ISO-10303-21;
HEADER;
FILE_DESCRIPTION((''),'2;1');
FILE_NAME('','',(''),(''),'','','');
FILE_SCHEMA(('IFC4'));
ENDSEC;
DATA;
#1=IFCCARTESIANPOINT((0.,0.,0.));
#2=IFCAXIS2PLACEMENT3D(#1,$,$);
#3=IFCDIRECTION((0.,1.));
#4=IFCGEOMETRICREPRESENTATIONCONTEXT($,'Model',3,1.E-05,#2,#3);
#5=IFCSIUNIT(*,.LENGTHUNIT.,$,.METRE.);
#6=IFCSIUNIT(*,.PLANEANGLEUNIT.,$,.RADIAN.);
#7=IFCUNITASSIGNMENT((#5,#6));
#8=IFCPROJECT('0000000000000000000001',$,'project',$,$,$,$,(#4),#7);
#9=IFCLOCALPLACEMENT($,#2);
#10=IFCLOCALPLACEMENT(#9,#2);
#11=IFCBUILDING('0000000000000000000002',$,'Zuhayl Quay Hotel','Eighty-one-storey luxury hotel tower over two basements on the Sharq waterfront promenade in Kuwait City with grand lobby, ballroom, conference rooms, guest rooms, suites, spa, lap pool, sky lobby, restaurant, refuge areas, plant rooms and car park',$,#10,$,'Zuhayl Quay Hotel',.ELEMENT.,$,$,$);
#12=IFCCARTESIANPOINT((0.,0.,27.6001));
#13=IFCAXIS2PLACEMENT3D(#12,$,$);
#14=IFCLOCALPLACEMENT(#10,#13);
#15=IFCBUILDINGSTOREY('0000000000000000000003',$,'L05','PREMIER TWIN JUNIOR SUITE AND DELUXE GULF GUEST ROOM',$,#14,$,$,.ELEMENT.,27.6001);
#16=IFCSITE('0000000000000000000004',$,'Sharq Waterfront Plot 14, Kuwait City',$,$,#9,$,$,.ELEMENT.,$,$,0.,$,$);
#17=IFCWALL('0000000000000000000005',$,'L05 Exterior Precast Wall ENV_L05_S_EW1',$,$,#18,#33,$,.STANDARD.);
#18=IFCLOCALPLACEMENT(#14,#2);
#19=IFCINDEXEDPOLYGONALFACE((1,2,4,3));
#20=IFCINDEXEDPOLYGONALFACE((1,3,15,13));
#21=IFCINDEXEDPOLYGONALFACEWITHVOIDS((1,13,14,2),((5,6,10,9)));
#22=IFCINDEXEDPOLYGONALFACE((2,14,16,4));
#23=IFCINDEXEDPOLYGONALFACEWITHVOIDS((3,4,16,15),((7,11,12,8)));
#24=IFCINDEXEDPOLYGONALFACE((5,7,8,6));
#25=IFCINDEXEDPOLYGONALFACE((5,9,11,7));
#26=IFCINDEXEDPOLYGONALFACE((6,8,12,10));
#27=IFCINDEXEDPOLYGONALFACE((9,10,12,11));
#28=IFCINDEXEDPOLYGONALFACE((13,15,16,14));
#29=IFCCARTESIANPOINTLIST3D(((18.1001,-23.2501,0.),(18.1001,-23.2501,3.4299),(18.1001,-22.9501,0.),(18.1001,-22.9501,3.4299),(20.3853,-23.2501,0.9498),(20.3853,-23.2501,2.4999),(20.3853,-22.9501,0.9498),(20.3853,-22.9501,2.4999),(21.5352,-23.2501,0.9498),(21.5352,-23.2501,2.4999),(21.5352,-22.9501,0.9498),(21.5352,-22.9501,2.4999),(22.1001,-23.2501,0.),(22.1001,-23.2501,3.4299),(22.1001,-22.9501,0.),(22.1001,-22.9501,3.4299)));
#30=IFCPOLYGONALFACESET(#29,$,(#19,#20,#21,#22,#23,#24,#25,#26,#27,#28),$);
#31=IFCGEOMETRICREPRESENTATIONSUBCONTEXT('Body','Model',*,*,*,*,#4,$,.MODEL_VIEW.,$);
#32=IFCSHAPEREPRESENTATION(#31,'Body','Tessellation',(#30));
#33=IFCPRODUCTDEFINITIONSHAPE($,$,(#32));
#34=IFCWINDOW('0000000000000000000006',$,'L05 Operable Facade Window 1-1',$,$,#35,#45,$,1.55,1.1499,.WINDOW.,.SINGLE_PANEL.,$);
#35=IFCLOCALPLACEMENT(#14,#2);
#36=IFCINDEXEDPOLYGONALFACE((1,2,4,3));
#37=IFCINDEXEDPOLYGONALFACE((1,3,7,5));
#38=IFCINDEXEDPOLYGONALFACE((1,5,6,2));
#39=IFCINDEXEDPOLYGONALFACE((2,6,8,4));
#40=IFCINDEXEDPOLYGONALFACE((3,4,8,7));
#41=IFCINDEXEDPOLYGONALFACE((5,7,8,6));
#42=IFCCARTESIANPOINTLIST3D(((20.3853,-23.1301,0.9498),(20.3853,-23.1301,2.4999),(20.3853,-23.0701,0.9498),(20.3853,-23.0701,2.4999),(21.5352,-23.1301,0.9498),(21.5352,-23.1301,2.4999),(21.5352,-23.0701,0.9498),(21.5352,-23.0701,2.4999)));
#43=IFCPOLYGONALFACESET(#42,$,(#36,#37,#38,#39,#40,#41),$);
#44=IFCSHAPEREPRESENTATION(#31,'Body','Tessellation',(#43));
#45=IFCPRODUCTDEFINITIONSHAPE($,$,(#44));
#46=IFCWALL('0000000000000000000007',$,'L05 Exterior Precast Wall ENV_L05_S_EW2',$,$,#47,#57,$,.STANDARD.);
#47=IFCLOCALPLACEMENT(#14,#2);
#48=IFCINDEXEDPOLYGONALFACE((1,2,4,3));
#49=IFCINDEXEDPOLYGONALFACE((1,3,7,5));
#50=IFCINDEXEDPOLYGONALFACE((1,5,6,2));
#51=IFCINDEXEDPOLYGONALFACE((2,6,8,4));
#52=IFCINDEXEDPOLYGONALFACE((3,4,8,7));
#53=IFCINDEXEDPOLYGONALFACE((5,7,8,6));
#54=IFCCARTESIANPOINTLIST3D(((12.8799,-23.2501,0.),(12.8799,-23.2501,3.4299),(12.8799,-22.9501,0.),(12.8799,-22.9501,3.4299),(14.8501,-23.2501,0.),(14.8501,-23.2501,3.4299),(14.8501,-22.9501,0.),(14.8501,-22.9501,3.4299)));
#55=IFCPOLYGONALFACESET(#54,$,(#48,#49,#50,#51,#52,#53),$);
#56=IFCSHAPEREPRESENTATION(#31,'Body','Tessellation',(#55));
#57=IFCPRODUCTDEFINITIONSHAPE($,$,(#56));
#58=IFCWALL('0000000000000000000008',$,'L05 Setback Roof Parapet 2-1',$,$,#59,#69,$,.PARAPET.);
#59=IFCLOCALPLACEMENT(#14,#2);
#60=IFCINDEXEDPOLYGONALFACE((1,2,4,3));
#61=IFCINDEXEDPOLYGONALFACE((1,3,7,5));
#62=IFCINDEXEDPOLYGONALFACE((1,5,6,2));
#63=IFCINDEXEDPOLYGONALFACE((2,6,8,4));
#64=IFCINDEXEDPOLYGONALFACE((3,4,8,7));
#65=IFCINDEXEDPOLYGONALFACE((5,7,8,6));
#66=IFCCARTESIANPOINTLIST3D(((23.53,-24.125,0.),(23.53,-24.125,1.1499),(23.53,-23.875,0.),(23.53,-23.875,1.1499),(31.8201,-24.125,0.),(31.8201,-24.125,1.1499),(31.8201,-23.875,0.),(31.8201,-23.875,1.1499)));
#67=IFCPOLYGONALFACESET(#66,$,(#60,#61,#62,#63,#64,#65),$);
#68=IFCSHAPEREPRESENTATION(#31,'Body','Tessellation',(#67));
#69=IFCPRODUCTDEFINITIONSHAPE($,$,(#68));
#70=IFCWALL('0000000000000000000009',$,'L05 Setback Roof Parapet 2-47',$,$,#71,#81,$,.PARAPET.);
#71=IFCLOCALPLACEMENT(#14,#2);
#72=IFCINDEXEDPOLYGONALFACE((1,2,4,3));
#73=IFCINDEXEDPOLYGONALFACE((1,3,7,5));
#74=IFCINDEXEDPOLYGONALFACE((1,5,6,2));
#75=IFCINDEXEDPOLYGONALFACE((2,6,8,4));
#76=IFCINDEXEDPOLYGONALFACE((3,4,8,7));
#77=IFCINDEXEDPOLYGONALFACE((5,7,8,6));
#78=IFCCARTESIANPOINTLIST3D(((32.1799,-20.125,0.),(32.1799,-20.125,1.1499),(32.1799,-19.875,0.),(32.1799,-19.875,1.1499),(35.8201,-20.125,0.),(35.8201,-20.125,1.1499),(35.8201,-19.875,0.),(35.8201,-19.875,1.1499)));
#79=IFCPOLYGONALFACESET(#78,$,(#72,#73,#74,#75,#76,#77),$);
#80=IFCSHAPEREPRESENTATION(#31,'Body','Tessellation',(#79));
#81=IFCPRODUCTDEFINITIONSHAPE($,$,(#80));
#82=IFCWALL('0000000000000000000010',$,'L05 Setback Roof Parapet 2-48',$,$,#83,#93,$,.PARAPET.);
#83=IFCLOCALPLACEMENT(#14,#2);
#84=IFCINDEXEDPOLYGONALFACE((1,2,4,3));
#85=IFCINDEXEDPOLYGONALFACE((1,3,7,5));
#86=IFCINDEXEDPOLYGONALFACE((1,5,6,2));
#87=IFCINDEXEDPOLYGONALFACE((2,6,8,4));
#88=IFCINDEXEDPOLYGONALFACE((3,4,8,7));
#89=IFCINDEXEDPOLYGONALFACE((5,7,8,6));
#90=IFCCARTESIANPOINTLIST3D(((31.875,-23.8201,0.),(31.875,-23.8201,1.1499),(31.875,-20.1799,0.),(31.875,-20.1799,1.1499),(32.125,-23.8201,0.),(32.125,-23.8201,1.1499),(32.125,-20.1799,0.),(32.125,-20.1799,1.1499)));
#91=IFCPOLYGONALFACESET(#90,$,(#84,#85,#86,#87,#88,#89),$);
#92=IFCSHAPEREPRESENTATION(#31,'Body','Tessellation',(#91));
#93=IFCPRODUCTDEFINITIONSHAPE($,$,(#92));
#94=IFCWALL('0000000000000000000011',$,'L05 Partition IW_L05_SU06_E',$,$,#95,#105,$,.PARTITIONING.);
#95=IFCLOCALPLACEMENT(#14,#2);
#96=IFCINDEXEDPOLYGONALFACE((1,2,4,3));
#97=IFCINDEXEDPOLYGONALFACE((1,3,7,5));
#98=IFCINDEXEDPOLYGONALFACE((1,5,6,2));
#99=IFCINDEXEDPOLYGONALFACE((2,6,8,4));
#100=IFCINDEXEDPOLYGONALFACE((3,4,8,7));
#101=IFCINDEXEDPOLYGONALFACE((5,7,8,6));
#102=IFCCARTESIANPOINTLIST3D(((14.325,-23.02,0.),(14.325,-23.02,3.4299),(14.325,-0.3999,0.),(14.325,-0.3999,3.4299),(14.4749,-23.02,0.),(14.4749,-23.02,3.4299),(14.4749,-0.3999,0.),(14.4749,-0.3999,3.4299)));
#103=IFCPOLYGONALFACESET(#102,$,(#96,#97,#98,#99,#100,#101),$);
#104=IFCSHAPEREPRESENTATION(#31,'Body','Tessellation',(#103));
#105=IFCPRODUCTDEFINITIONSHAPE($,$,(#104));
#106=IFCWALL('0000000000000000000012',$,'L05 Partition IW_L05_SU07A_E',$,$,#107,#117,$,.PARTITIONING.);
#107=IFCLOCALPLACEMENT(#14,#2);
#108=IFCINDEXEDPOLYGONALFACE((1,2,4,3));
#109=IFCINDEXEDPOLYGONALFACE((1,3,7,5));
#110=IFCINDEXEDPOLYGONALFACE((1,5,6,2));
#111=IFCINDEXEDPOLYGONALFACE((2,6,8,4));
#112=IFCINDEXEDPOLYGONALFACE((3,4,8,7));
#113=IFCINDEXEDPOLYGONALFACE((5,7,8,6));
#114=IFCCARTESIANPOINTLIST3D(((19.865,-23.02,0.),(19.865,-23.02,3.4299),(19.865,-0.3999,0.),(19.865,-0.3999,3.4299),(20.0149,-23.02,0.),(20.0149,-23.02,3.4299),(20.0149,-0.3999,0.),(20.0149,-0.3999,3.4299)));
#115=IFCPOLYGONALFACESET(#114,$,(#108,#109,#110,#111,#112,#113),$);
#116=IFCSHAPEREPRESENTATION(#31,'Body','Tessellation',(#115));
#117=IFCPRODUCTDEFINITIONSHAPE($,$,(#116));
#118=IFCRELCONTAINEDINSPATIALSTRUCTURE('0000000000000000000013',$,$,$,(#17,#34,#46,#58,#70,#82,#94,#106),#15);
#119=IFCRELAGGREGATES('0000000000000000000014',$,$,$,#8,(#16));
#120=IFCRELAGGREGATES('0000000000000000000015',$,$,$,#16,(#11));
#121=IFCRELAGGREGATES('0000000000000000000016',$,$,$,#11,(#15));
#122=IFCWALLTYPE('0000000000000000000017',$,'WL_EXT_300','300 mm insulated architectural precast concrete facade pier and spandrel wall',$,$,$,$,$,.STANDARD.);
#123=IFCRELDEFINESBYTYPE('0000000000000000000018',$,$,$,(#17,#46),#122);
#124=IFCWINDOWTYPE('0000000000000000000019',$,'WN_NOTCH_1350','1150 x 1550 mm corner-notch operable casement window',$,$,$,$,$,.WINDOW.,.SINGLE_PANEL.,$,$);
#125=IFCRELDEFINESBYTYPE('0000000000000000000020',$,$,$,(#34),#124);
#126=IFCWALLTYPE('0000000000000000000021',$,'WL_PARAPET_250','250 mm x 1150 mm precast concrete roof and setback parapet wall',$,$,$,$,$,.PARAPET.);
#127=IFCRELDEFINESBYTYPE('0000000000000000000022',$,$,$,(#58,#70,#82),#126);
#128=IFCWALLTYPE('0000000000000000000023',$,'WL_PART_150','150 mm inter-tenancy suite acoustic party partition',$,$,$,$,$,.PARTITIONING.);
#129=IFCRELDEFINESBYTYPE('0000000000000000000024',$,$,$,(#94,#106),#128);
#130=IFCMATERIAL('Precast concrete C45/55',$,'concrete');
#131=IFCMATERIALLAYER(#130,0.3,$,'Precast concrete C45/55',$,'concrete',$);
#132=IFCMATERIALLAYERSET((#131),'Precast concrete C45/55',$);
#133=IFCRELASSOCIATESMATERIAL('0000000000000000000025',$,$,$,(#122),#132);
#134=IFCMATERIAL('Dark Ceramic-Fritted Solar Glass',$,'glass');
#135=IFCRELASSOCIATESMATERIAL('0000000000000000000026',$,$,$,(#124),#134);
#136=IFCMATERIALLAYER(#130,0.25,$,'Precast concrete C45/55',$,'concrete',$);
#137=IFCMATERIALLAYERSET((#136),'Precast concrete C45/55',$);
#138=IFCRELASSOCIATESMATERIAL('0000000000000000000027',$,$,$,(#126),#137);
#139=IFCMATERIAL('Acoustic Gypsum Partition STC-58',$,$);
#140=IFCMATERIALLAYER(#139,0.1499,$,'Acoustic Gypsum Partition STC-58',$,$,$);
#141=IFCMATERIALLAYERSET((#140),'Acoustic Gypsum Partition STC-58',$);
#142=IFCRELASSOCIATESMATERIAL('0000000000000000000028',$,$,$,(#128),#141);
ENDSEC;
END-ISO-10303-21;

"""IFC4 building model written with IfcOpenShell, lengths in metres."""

from ifc_helpers import new_model, si_unit, direction, frame, frame_2d, origin, place, context, subcontext, project, spatial, rectangle, extrude, material, layer, layer_set, type_object, element, fill, save


model = new_model("IFC4")

# Units and contexts
model_context = context("Model", 3, precision=1e-05, world=origin(), true_north=direction((0.0, 1.0)))
body_context = subcontext(model_context, "Body", "Model", "MODEL_VIEW")
ifc_project = project(units=[si_unit("LENGTHUNIT", "METRE"), si_unit("PLANEANGLEUNIT", "RADIAN")], contexts=[model_context])

# Site, building, storey
site_placement = place(None, origin())
site = spatial("IfcSite", under=ifc_project, at=site_placement, Name="Sharq Waterfront Plot 14, Kuwait City", CompositionType="ELEMENT", RefElevation=0.0)
building_placement = place(site_placement, origin())
building = spatial("IfcBuilding", under=site, at=building_placement, Name="Zuhayl Quay Hotel", Description="Eighty-one-storey luxury hotel tower over two basements on the Sharq waterfront promenade in Kuwait City with grand lobby, ballroom, conference rooms, guest rooms, suites, spa, lap pool, sky lobby, restaurant, refuge areas, plant rooms and car park", LongName="Zuhayl Quay Hotel", CompositionType="ELEMENT")
storey_placement = place(building_placement, frame((0.0, 0.0, 27.6001)))
storey = spatial("IfcBuildingStorey", under=building, at=storey_placement, Name="L05", Description="PREMIER TWIN JUNIOR SUITE AND DELUXE GULF GUEST ROOM", CompositionType="ELEMENT", Elevation=27.6001)

# Shared definitions
ifc_material_1 = material(Name="Dark Ceramic-Fritted Solar Glass", Category="glass")

# Shared definitions
ifc_material_2 = material(Name="Precast concrete C45/55", Category="concrete")
ifc_layer_1 = layer(ifc_material_2, 0.3, Name="Precast concrete C45/55", Category="concrete")
ifc_layer_set_1 = layer_set([ifc_layer_1], Name="Precast concrete C45/55")
wall_type_1 = type_object("IfcWallType", Name="WL_EXT_300", Description="300 mm insulated architectural precast concrete facade pier and spandrel wall", PredefinedType="STANDARD", material=ifc_layer_set_1)

# Wall, opening, window
wall_1_placement = place(storey_placement, frame((22.1001, -23.1001, 0.0), z_axis=(0.0, 0.0, 1.0), x_axis=(-1.0, 0.0, 0.0)))
wall_1 = element("IfcWall", 1, at=wall_1_placement, inside=storey, type_object=wall_type_1, Name="L05 Exterior Precast Wall ENV_L05_S_EW1", PredefinedType="STANDARD", context=body_context, shape_type="SweptSolid", body=[
    extrude(rectangle(XDim=4.0, YDim=0.3, at=frame_2d((2.0, 0.0))), origin(), (0.0, 0.0, 1.0), 3.4299),
])
opening_placement = place(wall_1_placement, frame((0.5649, 0.0, 0.95)))
opening = element("IfcOpeningElement", 2, at=opening_placement, cuts=wall_1, PredefinedType="OPENING", context=body_context, shape_type="SweptSolid", body=[
    extrude(rectangle(XDim=1.1499, YDim=1.55, at=frame_2d((0.575, 0.7749))), frame((0.0, 0.1599, 0.0), z_axis=(0.0, -1.0, 0.0), x_axis=(1.0, 0.0, 0.0)), (0.0, 0.0, 1.0), 0.3201),
])
window_type = type_object("IfcWindowType", Name="WN_NOTCH_1350", Description="1150 x 1550 mm corner-notch operable casement window", PartitioningType="SINGLE_PANEL", PredefinedType="WINDOW", material=ifc_material_1)
window_placement = place(opening_placement, origin())
window = element("IfcWindow", 3, at=window_placement, inside=storey, type_object=window_type, Name="L05 Operable Facade Window 1-1", OverallHeight=1.55, OverallWidth=1.1499, PartitioningType="SINGLE_PANEL", PredefinedType="WINDOW", context=body_context, shape_type="SweptSolid", body=[
    extrude(rectangle(XDim=1.1499, YDim=1.55, at=frame_2d((0.575, 0.7749))), frame((0.0, 0.03, 0.0), z_axis=(0.0, -1.0, 0.0), x_axis=(1.0, 0.0, 0.0)), (0.0, 0.0, 1.0), 0.0601),
])
fill(opening, window)

# Walls
wall_2_placement = place(storey_placement, frame((14.8501, -23.1001, 0.0), z_axis=(0.0, 0.0, 1.0), x_axis=(-1.0, 0.0, 0.0)))
element("IfcWall", 4, at=wall_2_placement, inside=storey, type_object=wall_type_1, Name="L05 Exterior Precast Wall ENV_L05_S_EW2", PredefinedType="STANDARD", context=body_context, shape_type="SweptSolid", body=[
    extrude(rectangle(XDim=1.9702, YDim=0.3, at=frame_2d((0.9851, 0.0))), origin(), (0.0, 0.0, 1.0), 3.4299),
])
ifc_layer_2 = layer(ifc_material_2, 0.25, Name="Precast concrete C45/55", Category="concrete")
ifc_layer_set_2 = layer_set([ifc_layer_2], Name="Precast concrete C45/55")
wall_type_2 = type_object("IfcWallType", Name="WL_PARAPET_250", Description="250 mm x 1150 mm precast concrete roof and setback parapet wall", PredefinedType="PARAPET", material=ifc_layer_set_2)
wall_3_placement = place(storey_placement, frame((31.8201, -24.0, 0.0), z_axis=(0.0, 0.0, 1.0), x_axis=(-1.0, 0.0, 0.0)))
element("IfcWall", 5, at=wall_3_placement, inside=storey, type_object=wall_type_2, Name="L05 Setback Roof Parapet 2-1", PredefinedType="PARAPET", context=body_context, shape_type="SweptSolid", body=[
    extrude(rectangle(XDim=8.29, YDim=0.25, at=frame_2d((4.145, 0.0))), origin(), (0.0, 0.0, 1.0), 1.1499),
])
for number, where, z_axis, x_axis, name in (
    (6, (35.8201, -20.0, 0.0), (0.0, 0.0, 1.0), (-1.0, 0.0, 0.0), "L05 Setback Roof Parapet 2-47"),
    (7, (32.0, -20.1799, 0.0), (0.0, 0.0, 1.0), (0.0, -1.0, 0.0), "L05 Setback Roof Parapet 2-48"),
):
    element("IfcWall", number, at=place(storey_placement, frame(where, z_axis=z_axis, x_axis=x_axis)), inside=storey, type_object=wall_type_2, Name=name, PredefinedType="PARAPET", context=body_context, shape_type="SweptSolid", body=[
        extrude(rectangle(XDim=3.6401, YDim=0.25, at=frame_2d((1.8201, 0.0))), origin(), (0.0, 0.0, 1.0), 1.1499),
    ])
ifc_material_3 = material(Name="Acoustic Gypsum Partition STC-58")
ifc_layer_3 = layer(ifc_material_3, 0.1499, Name="Acoustic Gypsum Partition STC-58")
ifc_layer_set_3 = layer_set([ifc_layer_3], Name="Acoustic Gypsum Partition STC-58")
wall_type_3 = type_object("IfcWallType", Name="WL_PART_150", Description="150 mm inter-tenancy suite acoustic party partition", PredefinedType="PARTITIONING", material=ifc_layer_set_3)
for number, where, z_axis, x_axis, name in (
    (8, (14.3999, -23.02, 0.0), (0.0, 0.0, 1.0), (0.0, 1.0, 0.0), "L05 Partition IW_L05_SU06_E"),
    (9, (19.9399, -23.02, 0.0), (0.0, 0.0, 1.0), (0.0, 1.0, 0.0), "L05 Partition IW_L05_SU07A_E"),
):
    element("IfcWall", number, at=place(storey_placement, frame(where, z_axis=z_axis, x_axis=x_axis)), inside=storey, type_object=wall_type_3, Name=name, PredefinedType="PARTITIONING", context=body_context, shape_type="SweptSolid", body=[
        extrude(rectangle(XDim=22.6201, YDim=0.1499, at=frame_2d((11.3101, 0.0))), origin(), (0.0, 0.0, 1.0), 3.4299),
    ])

save(model, "model.ifc")
